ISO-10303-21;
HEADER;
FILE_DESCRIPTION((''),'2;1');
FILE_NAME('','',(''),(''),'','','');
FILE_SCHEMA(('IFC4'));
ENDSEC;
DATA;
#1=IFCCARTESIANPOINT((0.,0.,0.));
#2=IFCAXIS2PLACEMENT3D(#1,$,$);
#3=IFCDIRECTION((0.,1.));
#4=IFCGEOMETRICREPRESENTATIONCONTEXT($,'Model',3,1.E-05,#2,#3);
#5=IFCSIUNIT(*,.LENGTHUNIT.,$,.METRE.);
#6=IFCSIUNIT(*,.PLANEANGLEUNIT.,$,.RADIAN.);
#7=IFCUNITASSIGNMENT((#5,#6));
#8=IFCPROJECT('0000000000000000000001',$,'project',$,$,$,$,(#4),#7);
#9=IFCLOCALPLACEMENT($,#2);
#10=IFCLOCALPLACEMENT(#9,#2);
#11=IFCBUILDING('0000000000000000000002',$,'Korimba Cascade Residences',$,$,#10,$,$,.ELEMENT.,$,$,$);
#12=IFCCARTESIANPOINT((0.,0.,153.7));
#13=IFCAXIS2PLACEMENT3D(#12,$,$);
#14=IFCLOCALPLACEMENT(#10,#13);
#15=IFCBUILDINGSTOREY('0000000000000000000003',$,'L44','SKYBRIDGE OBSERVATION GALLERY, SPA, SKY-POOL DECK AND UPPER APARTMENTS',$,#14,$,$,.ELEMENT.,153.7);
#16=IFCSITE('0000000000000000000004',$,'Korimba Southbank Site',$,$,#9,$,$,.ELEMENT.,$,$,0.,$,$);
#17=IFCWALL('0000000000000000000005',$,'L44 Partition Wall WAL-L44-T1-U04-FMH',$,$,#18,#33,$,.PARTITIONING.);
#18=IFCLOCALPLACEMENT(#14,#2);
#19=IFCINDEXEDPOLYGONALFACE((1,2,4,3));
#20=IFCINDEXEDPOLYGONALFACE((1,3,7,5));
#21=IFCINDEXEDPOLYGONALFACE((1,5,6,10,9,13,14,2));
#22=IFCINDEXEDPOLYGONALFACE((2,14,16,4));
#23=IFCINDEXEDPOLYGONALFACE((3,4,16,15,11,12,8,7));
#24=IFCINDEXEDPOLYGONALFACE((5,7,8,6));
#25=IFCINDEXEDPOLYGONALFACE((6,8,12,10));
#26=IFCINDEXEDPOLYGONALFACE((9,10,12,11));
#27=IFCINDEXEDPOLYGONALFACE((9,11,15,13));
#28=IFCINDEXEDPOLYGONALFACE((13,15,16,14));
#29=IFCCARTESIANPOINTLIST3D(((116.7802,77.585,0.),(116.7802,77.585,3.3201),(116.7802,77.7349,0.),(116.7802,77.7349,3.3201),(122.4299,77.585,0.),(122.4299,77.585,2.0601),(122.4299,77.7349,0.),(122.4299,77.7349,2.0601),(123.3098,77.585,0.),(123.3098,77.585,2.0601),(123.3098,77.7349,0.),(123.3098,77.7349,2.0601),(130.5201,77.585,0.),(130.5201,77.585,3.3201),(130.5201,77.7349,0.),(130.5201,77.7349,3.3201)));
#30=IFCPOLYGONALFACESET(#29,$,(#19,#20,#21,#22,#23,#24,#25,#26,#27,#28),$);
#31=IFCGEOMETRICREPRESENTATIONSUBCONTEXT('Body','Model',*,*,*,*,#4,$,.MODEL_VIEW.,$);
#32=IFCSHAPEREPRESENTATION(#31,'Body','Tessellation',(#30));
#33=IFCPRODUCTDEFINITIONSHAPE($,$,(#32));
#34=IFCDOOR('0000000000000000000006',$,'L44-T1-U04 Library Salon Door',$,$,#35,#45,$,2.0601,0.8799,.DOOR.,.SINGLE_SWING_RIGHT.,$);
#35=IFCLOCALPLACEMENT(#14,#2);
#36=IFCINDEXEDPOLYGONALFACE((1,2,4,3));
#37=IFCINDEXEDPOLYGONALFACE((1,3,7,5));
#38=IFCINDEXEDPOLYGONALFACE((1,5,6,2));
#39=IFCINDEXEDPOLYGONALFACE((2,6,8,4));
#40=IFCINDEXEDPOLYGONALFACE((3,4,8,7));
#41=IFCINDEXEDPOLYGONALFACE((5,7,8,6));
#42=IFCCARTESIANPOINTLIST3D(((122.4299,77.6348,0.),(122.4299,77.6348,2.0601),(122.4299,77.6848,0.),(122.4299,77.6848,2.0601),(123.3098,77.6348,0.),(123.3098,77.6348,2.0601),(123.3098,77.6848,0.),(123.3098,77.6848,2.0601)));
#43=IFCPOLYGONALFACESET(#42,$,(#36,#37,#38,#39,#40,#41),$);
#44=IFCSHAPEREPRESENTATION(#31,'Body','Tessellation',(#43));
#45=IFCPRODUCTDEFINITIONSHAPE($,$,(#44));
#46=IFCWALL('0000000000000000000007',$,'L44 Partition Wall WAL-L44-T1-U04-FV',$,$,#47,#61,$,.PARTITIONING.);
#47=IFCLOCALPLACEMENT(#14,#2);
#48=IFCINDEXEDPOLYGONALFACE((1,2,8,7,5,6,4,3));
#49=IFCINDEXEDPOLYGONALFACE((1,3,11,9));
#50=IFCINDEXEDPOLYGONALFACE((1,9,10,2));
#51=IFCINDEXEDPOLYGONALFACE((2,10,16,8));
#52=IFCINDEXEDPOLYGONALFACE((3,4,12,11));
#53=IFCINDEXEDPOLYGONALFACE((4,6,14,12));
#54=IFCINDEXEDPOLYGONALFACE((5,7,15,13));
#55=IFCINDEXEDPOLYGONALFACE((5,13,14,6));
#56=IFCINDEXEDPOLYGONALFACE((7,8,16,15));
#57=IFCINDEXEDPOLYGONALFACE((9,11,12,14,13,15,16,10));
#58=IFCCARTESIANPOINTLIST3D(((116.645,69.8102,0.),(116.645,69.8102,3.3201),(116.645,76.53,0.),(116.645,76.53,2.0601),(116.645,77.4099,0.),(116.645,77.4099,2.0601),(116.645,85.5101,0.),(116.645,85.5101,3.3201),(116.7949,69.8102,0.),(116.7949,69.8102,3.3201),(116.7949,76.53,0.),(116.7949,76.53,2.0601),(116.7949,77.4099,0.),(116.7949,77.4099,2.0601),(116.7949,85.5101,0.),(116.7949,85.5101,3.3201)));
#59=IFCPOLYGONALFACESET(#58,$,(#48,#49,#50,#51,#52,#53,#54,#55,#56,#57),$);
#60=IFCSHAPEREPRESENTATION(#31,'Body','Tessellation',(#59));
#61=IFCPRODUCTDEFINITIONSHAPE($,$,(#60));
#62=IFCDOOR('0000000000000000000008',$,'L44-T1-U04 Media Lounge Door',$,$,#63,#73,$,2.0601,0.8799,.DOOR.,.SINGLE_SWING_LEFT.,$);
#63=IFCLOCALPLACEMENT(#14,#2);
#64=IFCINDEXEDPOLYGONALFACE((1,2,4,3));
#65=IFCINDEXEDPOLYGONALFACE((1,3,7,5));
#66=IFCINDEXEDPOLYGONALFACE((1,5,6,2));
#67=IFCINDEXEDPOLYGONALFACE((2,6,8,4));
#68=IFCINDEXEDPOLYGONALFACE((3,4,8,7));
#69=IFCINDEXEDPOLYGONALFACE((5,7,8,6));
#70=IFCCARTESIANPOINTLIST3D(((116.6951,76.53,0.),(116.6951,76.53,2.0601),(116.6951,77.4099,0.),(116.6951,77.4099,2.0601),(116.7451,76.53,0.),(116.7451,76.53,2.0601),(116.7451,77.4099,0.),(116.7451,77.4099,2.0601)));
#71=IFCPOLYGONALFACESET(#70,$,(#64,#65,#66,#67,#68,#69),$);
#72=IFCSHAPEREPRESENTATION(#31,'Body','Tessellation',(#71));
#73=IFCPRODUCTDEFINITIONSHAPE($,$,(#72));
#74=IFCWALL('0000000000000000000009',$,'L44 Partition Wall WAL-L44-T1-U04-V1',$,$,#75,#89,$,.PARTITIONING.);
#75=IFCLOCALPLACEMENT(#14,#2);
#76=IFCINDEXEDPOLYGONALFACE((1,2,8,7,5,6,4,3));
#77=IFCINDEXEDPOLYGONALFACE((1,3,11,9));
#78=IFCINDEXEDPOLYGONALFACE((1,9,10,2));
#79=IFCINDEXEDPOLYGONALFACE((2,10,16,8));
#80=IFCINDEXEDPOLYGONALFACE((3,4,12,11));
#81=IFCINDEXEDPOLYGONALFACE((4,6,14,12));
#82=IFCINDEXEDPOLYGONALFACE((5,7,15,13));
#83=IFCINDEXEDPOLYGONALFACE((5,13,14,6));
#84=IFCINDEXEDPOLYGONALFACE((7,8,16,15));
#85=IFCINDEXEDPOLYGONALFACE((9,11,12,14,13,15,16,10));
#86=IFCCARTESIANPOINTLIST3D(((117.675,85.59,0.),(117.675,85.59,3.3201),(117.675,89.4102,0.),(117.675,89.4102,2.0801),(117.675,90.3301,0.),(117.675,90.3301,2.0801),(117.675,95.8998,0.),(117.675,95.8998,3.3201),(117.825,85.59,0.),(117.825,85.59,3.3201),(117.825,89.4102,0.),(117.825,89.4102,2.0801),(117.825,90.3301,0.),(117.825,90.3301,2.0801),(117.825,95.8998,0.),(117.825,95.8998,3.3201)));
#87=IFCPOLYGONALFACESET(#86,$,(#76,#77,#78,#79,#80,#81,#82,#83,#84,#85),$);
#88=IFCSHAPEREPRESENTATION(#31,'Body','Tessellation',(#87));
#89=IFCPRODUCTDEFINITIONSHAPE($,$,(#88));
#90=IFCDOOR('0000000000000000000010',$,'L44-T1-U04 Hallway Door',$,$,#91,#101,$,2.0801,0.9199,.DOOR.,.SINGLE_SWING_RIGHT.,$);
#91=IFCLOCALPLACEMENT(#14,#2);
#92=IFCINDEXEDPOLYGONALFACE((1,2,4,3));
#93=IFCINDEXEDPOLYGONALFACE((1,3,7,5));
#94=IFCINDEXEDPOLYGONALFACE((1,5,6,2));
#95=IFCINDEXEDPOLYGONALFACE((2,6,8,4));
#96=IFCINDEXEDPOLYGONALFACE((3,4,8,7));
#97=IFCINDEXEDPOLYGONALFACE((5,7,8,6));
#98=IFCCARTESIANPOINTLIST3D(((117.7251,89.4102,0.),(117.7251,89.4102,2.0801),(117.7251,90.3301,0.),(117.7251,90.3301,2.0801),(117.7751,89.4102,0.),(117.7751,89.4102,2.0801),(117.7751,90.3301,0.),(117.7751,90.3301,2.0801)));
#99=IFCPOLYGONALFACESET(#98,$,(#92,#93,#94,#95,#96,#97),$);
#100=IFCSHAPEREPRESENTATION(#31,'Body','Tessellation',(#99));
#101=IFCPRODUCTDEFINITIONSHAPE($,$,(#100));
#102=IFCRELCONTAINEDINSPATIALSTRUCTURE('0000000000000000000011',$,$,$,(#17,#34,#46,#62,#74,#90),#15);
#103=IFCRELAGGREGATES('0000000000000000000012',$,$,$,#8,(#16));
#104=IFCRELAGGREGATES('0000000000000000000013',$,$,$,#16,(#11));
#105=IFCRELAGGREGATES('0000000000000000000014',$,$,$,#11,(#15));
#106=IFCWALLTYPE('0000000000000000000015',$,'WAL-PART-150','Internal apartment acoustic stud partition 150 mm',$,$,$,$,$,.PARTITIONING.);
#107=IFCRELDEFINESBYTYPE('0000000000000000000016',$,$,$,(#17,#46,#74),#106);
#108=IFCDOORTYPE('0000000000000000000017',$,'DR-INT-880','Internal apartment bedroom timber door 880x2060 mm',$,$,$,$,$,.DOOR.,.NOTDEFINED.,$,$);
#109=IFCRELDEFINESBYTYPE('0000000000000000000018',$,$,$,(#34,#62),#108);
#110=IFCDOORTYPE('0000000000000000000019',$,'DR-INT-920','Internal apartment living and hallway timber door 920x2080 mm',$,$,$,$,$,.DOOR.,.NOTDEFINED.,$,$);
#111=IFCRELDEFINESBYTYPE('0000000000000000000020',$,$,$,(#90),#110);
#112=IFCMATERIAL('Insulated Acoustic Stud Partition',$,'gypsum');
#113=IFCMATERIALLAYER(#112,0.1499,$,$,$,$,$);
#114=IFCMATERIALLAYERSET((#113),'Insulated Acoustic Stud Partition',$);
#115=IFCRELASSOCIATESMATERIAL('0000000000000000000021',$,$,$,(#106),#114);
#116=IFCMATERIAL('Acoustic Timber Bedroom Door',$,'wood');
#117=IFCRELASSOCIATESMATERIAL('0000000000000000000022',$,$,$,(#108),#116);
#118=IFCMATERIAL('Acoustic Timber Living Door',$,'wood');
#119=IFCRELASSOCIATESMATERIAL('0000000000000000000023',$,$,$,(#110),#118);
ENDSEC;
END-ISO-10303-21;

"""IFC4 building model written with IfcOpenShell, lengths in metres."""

from ifc_helpers import new_model, si_unit, direction, frame, frame_2d, origin, place, context, subcontext, project, spatial, rectangle, extrude, material, layer, layer_set, type_object, element, fill, save


model = new_model("IFC4")

# Units and contexts
model_context = context("Model", 3, precision=1e-05, world=origin(), true_north=direction((0.0, 1.0)))
body_context = subcontext(model_context, "Body", "Model", "MODEL_VIEW")
ifc_project = project(units=[si_unit("LENGTHUNIT", "METRE"), si_unit("PLANEANGLEUNIT", "RADIAN")], contexts=[model_context])

# Site, building, storey
site_placement = place(None, origin())
site = spatial("IfcSite", under=ifc_project, at=site_placement, Name="Korimba Southbank Site", CompositionType="ELEMENT", RefElevation=0.0)
building_placement = place(site_placement, origin())
building = spatial("IfcBuilding", under=site, at=building_placement, Name="Korimba Cascade Residences", CompositionType="ELEMENT")
storey_placement = place(building_placement, frame((0.0, 0.0, 153.7)))
storey = spatial("IfcBuildingStorey", under=building, at=storey_placement, Name="L44", Description="SKYBRIDGE OBSERVATION GALLERY, SPA, SKY-POOL DECK AND UPPER APARTMENTS", CompositionType="ELEMENT", Elevation=153.7)

# Shared definitions
ifc_material_1 = material(Name="Insulated Acoustic Stud Partition", Category="gypsum")
ifc_layer_1 = layer(ifc_material_1, 0.1499)
ifc_layer_set_1 = layer_set([ifc_layer_1], Name="Insulated Acoustic Stud Partition")
wall_type_1 = type_object("IfcWallType", Name="WAL-PART-150", Description="Internal apartment acoustic stud partition 150 mm", PredefinedType="PARTITIONING", material=ifc_layer_set_1)
ifc_material_2 = material(Name="Acoustic Timber Bedroom Door", Category="wood")
door_type_1 = type_object("IfcDoorType", Name="DR-INT-880", Description="Internal apartment bedroom timber door 880x2060 mm", OperationType="NOTDEFINED", PredefinedType="DOOR", material=ifc_material_2)

# Walls, openings, doors
wall_1_placement = place(storey_placement, frame((116.78, 77.6599, 0.0), z_axis=(0.0, 0.0, 1.0), x_axis=(1.0, 0.0, 0.0)))
wall_1 = element("IfcWall", 1, at=wall_1_placement, inside=storey, type_object=wall_type_1, Name="L44 Partition Wall WAL-L44-T1-U04-FMH", PredefinedType="PARTITIONING", context=body_context, shape_type="SweptSolid", body=[
    extrude(rectangle(XDim=13.74, YDim=0.1499, at=frame_2d((6.8701, 0.0))), origin(), (0.0, 0.0, 1.0), 3.3201),
])
opening_1_placement = place(wall_1_placement, frame((5.6499, 0.0, 0.0)))
opening_1 = element("IfcOpeningElement", 2, at=opening_1_placement, cuts=wall_1, PredefinedType="OPENING", context=body_context, shape_type="SweptSolid", body=[
    extrude(rectangle(XDim=0.8799, YDim=2.0601, at=frame_2d((0.4399, 1.03))), frame((0.0, 0.085, 0.0), z_axis=(0.0, -1.0, 0.0), x_axis=(1.0, 0.0, 0.0)), (0.0, 0.0, 1.0), 0.1699),
])
door_1_placement = place(opening_1_placement, origin())
door_1 = element("IfcDoor", 3, at=door_1_placement, inside=storey, type_object=door_type_1, Name="L44-T1-U04 Library Salon Door", OperationType="SINGLE_SWING_RIGHT", OverallHeight=2.0601, OverallWidth=0.8799, PredefinedType="DOOR", context=body_context, shape_type="SweptSolid", body=[
    extrude(rectangle(XDim=0.8799, YDim=2.0601, at=frame_2d((0.4399, 1.03))), frame((0.0, 0.0249, 0.0), z_axis=(0.0, -1.0, 0.0), x_axis=(1.0, 0.0, 0.0)), (0.0, 0.0, 1.0), 0.05),
])
fill(opening_1, door_1)
wall_2_placement = place(storey_placement, frame((116.72, 69.8101, 0.0), z_axis=(0.0, 0.0, 1.0), x_axis=(0.0, 1.0, 0.0)))
wall_2 = element("IfcWall", 4, at=wall_2_placement, inside=storey, type_object=wall_type_1, Name="L44 Partition Wall WAL-L44-T1-U04-FV", PredefinedType="PARTITIONING", context=body_context, shape_type="SweptSolid", body=[
    extrude(rectangle(XDim=15.7, YDim=0.1499, at=frame_2d((7.8501, 0.0))), origin(), (0.0, 0.0, 1.0), 3.3201),
])
opening_2_placement = place(wall_2_placement, frame((6.72, 0.0, 0.0)))
opening_2 = element("IfcOpeningElement", 5, at=opening_2_placement, cuts=wall_2, PredefinedType="OPENING", context=body_context, shape_type="SweptSolid", body=[
    extrude(rectangle(XDim=0.8799, YDim=2.0601, at=frame_2d((0.4399, 1.03))), frame((0.0, 0.085, 0.0), z_axis=(0.0, -1.0, 0.0), x_axis=(1.0, 0.0, 0.0)), (0.0, 0.0, 1.0), 0.1699),
])
door_2_placement = place(opening_2_placement, origin())
door_2 = element("IfcDoor", 6, at=door_2_placement, inside=storey, type_object=door_type_1, Name="L44-T1-U04 Media Lounge Door", OperationType="SINGLE_SWING_LEFT", OverallHeight=2.0601, OverallWidth=0.8799, PredefinedType="DOOR", context=body_context, shape_type="SweptSolid", body=[
    extrude(rectangle(XDim=0.8799, YDim=2.0601, at=frame_2d((0.4399, 1.03))), frame((0.0, 0.0249, 0.0), z_axis=(0.0, -1.0, 0.0), x_axis=(1.0, 0.0, 0.0)), (0.0, 0.0, 1.0), 0.05),
])
fill(opening_2, door_2)
wall_3_placement = place(storey_placement, frame((117.75, 85.5901, 0.0), z_axis=(0.0, 0.0, 1.0), x_axis=(0.0, 1.0, 0.0)))
wall_3 = element("IfcWall", 7, at=wall_3_placement, inside=storey, type_object=wall_type_1, Name="L44 Partition Wall WAL-L44-T1-U04-V1", PredefinedType="PARTITIONING", context=body_context, shape_type="SweptSolid", body=[
    extrude(rectangle(XDim=10.3098, YDim=0.1499, at=frame_2d((5.1548, 0.0))), origin(), (0.0, 0.0, 1.0), 3.3201),
])
opening_3_placement = place(wall_3_placement, frame((3.8201, 0.0, 0.0)))
opening_3 = element("IfcOpeningElement", 8, at=opening_3_placement, cuts=wall_3, PredefinedType="OPENING", context=body_context, shape_type="SweptSolid", body=[
    extrude(rectangle(XDim=0.9199, YDim=2.0801, at=frame_2d((0.46, 1.04))), frame((0.0, 0.085, 0.0), z_axis=(0.0, -1.0, 0.0), x_axis=(1.0, 0.0, 0.0)), (0.0, 0.0, 1.0), 0.1699),
])
ifc_material_3 = material(Name="Acoustic Timber Living Door", Category="wood")
door_type_2 = type_object("IfcDoorType", Name="DR-INT-920", Description="Internal apartment living and hallway timber door 920x2080 mm", OperationType="NOTDEFINED", PredefinedType="DOOR", material=ifc_material_3)
door_3_placement = place(opening_3_placement, origin())
door_3 = element("IfcDoor", 9, at=door_3_placement, inside=storey, type_object=door_type_2, Name="L44-T1-U04 Hallway Door", OperationType="SINGLE_SWING_RIGHT", OverallHeight=2.0801, OverallWidth=0.9199, PredefinedType="DOOR", context=body_context, shape_type="SweptSolid", body=[
    extrude(rectangle(XDim=0.9199, YDim=2.0801, at=frame_2d((0.46, 1.04))), frame((0.0, 0.0249, 0.0), z_axis=(0.0, -1.0, 0.0), x_axis=(1.0, 0.0, 0.0)), (0.0, 0.0, 1.0), 0.05),
])
fill(opening_3, door_3)

save(model, "model.ifc")
